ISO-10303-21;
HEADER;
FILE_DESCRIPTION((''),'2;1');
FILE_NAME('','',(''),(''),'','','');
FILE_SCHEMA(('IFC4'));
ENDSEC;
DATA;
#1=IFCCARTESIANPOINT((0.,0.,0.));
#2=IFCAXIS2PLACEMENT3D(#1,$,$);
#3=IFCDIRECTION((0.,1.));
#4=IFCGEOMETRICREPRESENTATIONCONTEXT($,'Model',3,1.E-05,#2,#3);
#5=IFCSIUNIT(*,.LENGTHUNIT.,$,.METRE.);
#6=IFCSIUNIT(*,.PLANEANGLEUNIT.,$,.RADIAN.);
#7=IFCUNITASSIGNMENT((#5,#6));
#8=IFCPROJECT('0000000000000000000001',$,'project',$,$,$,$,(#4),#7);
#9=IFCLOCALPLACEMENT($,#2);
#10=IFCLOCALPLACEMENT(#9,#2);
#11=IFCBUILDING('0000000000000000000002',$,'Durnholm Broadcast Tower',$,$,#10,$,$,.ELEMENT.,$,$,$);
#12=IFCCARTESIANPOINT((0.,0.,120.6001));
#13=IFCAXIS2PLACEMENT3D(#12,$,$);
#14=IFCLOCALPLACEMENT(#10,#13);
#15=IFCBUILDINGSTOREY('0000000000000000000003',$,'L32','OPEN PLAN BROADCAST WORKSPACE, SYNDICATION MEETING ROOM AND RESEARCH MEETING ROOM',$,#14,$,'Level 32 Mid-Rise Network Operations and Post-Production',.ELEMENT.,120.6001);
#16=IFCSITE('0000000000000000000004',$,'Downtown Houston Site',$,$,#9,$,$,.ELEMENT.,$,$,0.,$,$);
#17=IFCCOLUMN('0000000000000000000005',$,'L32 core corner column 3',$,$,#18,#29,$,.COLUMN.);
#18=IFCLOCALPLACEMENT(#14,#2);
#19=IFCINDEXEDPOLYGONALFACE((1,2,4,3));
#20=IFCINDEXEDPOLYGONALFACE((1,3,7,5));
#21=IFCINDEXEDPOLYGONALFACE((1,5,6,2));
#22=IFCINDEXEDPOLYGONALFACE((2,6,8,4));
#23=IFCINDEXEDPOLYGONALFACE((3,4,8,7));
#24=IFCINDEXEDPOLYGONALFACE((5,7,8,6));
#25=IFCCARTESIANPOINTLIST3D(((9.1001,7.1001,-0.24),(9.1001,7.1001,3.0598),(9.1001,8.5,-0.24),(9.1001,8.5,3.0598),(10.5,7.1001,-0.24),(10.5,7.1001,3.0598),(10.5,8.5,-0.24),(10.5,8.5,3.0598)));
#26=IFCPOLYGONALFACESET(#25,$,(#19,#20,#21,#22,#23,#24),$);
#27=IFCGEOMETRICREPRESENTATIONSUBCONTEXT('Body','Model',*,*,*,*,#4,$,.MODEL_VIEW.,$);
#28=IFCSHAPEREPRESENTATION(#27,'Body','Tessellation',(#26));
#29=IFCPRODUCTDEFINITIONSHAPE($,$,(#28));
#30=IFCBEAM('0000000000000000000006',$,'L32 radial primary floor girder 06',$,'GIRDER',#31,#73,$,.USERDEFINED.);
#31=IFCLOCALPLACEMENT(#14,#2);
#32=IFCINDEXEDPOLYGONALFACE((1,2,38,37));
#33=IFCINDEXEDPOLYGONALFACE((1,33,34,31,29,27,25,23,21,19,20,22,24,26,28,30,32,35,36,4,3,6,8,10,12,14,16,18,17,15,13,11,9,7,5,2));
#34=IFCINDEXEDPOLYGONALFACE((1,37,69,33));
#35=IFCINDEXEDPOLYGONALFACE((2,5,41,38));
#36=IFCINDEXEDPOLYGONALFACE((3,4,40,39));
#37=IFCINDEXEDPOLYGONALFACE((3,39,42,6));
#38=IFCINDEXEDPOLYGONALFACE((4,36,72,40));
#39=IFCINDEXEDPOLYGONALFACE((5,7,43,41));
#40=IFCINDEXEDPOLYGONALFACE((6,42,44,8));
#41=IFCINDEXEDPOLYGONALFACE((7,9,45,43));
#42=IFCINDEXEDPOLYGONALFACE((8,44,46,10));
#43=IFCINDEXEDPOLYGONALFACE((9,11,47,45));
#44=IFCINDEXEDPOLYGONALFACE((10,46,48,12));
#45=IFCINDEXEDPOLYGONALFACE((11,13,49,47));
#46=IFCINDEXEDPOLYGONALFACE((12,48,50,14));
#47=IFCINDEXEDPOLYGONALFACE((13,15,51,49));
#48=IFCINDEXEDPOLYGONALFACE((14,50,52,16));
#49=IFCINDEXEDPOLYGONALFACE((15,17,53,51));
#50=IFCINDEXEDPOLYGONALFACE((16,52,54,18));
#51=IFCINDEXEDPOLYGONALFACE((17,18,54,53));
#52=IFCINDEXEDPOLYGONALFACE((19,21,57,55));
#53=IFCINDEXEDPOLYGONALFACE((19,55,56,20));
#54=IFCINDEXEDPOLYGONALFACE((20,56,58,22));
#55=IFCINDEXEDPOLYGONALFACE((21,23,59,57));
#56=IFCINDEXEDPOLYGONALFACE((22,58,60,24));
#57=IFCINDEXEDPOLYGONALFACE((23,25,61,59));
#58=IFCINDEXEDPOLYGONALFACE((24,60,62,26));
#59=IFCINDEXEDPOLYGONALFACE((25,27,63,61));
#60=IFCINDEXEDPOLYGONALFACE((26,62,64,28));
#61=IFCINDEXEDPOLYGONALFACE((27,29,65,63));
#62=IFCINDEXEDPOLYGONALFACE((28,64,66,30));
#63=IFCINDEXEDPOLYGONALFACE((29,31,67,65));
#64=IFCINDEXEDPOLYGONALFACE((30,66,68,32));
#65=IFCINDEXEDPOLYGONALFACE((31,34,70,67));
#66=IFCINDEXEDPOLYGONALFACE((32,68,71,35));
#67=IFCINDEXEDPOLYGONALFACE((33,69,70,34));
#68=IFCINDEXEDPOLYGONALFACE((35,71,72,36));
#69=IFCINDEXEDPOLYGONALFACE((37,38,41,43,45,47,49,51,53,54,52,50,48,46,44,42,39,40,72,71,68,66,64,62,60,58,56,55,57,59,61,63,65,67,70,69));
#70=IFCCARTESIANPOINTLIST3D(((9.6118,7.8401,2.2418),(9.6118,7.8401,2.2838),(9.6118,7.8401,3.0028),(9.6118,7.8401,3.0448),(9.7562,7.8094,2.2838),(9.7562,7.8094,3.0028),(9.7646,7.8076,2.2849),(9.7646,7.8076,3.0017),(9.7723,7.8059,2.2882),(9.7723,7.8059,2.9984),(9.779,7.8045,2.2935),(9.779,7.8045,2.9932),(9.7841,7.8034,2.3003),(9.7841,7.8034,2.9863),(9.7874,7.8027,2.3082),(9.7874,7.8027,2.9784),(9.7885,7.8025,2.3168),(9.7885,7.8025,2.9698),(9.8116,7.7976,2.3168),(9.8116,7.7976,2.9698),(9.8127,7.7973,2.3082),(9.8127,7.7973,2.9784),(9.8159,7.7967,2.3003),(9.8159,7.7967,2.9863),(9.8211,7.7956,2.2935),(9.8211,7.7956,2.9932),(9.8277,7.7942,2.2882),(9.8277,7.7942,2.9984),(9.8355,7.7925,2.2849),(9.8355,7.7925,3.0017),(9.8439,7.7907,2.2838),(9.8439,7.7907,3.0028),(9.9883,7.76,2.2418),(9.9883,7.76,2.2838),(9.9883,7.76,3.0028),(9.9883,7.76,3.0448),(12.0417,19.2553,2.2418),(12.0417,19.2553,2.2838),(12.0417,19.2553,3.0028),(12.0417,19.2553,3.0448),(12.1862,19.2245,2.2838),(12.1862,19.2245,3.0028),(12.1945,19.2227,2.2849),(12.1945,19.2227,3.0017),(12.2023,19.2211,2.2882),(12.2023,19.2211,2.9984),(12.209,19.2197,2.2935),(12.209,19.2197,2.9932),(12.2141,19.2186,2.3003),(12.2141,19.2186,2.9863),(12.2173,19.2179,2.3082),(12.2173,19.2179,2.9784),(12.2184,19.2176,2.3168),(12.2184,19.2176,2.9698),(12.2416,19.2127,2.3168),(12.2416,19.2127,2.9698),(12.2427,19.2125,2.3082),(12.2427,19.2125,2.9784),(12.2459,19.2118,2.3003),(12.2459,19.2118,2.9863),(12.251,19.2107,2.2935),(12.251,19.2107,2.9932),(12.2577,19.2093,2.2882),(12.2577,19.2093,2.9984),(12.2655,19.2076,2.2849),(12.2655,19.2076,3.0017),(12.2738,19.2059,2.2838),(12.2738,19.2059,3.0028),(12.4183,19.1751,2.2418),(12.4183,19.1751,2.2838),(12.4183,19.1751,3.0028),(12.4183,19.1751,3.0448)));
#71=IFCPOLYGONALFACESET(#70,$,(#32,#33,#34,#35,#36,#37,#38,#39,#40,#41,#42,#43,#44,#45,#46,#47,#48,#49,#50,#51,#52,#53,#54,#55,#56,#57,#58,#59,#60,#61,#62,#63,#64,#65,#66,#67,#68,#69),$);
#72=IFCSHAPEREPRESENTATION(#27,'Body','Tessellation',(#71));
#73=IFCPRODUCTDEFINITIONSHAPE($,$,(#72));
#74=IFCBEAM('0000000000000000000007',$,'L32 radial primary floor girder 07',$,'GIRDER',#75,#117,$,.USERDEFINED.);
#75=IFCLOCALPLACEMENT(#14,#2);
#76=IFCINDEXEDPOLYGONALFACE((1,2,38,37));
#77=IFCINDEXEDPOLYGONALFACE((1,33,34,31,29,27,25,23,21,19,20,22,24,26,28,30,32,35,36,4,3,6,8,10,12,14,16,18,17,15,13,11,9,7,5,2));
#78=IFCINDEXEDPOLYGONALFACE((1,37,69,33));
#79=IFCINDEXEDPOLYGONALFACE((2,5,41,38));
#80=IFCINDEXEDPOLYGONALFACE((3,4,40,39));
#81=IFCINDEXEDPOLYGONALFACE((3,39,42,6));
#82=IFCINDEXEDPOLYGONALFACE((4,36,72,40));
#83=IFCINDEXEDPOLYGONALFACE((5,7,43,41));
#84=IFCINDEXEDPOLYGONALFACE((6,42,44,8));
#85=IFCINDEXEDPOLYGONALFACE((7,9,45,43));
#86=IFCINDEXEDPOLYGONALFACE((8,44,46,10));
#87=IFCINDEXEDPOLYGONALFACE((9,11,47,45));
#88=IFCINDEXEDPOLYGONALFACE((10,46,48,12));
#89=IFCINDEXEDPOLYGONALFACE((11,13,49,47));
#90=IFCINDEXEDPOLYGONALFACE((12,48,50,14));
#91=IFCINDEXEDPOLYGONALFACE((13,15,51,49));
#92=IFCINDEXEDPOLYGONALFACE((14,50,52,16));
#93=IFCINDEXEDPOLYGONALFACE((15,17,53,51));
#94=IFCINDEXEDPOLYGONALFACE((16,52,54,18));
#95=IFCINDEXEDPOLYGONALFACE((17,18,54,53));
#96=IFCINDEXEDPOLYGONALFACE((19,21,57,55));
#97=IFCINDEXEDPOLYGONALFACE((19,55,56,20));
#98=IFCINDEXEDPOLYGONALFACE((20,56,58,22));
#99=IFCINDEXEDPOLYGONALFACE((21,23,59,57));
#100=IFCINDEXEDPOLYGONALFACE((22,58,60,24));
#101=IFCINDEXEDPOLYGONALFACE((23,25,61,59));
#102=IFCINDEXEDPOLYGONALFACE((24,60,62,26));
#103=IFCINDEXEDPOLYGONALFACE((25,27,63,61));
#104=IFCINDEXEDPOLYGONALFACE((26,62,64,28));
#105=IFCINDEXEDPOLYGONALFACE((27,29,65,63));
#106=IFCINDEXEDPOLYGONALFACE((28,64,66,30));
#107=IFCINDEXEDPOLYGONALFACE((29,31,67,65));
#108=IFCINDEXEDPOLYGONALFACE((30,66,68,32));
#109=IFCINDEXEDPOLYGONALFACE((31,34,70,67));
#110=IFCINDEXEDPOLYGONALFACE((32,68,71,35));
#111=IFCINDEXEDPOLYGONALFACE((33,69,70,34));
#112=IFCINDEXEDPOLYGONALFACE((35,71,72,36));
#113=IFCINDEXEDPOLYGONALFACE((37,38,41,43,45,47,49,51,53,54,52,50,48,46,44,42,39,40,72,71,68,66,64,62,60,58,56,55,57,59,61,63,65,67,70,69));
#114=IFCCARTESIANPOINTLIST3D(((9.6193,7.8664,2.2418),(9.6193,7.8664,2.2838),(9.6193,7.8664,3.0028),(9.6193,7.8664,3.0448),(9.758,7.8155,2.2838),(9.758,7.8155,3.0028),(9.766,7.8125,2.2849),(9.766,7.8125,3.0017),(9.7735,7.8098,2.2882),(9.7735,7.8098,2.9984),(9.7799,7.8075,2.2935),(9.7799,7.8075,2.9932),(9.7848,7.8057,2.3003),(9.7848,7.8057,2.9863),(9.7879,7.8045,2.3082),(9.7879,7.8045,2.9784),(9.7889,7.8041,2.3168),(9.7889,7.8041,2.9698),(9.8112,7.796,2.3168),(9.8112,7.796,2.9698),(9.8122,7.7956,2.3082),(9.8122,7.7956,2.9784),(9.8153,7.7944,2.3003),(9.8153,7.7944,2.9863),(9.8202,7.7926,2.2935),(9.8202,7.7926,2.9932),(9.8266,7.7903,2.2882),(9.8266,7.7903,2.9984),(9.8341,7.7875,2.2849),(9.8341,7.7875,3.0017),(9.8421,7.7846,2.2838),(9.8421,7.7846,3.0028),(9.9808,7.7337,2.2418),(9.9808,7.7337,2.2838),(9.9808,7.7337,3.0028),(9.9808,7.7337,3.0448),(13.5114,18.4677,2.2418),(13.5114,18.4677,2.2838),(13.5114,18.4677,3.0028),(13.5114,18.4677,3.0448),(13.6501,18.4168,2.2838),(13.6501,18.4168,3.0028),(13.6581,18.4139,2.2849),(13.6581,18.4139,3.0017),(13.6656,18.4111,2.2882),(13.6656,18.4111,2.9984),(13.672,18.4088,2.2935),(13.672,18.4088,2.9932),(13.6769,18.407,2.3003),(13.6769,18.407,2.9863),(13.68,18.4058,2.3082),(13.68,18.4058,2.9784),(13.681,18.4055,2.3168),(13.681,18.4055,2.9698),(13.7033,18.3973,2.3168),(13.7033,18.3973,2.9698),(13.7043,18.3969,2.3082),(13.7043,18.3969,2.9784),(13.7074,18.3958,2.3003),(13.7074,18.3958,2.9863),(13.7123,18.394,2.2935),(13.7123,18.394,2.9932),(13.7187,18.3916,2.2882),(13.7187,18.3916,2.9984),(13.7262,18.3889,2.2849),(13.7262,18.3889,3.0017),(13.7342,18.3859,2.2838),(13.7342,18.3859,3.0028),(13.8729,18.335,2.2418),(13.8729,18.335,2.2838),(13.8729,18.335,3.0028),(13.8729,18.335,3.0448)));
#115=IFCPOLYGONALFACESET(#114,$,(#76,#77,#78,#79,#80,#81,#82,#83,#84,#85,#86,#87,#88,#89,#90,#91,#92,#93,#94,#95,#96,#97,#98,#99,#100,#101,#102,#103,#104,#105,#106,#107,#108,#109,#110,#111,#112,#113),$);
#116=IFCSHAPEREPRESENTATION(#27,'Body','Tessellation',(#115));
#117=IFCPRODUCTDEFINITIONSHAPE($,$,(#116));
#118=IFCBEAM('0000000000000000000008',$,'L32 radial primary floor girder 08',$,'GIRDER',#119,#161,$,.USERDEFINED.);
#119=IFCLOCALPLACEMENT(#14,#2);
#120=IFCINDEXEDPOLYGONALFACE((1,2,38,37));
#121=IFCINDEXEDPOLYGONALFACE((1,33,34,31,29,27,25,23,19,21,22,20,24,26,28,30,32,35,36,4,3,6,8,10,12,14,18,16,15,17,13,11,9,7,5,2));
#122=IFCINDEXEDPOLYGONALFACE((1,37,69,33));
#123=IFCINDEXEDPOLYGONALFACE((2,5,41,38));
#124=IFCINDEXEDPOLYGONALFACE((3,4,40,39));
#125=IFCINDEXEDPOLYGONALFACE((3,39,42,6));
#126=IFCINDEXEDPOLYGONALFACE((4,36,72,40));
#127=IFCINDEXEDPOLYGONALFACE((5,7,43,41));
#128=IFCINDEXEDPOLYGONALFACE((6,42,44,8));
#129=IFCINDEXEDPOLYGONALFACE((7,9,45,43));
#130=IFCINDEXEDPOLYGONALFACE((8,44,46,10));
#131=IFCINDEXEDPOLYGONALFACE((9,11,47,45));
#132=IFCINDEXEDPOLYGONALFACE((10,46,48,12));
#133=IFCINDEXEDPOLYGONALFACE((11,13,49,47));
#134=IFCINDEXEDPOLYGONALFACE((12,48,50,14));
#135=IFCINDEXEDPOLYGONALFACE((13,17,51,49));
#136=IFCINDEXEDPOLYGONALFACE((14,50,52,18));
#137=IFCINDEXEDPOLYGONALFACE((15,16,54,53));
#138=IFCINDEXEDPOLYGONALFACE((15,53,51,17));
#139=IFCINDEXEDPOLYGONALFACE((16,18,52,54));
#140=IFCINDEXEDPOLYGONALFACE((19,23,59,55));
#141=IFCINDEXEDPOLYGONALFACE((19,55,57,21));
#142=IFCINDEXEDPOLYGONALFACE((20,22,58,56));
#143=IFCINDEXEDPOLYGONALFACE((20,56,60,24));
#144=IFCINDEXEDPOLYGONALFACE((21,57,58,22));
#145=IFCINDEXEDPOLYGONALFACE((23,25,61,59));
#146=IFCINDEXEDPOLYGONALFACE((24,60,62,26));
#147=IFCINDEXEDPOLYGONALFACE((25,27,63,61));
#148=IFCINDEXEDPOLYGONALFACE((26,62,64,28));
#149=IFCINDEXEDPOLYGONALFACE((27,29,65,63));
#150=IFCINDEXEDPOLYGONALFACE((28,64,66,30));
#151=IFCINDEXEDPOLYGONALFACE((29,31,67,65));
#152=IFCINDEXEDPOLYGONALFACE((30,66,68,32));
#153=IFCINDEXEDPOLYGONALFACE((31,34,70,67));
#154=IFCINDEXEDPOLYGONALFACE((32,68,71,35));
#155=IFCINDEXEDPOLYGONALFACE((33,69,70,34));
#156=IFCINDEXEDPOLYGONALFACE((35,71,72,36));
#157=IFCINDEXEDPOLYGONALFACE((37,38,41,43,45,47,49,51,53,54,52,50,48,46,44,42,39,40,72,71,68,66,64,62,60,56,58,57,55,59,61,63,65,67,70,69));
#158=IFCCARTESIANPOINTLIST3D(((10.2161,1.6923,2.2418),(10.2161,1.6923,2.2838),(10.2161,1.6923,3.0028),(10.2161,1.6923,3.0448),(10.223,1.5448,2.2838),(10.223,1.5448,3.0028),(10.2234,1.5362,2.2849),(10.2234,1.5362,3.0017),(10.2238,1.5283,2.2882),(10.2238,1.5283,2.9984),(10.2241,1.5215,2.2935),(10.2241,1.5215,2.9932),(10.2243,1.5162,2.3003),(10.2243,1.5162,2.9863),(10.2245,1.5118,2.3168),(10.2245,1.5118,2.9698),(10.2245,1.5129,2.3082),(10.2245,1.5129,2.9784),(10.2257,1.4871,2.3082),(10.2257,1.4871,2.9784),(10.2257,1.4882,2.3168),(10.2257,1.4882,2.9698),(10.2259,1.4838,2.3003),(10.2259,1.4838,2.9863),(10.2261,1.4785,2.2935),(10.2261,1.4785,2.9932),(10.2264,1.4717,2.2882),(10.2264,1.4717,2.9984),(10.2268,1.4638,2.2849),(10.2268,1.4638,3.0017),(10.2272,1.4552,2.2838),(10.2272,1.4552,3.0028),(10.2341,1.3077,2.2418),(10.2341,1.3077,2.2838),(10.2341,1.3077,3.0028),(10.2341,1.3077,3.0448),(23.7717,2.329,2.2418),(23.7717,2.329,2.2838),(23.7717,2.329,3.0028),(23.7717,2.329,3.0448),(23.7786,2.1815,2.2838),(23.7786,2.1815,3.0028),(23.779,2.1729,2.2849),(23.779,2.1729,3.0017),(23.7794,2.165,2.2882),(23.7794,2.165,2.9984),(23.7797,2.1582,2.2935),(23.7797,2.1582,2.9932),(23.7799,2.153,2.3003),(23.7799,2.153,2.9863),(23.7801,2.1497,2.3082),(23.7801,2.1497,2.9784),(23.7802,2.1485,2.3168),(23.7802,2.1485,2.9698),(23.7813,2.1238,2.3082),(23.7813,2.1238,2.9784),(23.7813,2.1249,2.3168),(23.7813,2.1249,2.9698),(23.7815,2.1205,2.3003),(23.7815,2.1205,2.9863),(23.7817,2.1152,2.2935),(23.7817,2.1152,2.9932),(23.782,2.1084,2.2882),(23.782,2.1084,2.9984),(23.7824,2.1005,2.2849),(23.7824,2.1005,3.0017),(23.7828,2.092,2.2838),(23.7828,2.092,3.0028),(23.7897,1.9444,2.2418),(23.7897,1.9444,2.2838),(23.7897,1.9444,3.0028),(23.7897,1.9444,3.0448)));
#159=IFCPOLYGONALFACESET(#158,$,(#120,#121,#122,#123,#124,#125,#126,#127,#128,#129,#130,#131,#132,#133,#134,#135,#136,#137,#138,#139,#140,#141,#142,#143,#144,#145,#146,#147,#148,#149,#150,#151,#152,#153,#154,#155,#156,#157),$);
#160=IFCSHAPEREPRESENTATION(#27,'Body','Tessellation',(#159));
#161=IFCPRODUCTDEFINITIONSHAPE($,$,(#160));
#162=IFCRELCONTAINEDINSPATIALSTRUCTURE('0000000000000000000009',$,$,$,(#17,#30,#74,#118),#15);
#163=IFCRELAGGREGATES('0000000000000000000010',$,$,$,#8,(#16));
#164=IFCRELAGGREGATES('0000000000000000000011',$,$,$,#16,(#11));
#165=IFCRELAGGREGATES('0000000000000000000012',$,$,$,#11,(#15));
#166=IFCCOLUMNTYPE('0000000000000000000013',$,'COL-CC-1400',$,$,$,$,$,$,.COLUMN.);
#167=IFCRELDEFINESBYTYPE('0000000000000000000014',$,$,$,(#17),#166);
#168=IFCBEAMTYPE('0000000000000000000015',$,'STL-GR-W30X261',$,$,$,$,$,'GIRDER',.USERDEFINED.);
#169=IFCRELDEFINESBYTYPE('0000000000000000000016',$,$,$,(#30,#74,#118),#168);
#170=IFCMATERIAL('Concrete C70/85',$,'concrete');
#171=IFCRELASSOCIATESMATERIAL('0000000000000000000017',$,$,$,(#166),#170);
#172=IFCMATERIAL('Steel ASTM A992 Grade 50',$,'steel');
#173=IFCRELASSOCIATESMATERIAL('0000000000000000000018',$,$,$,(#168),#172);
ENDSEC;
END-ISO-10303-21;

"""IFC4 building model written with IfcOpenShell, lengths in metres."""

from ifc_helpers import new_model, si_unit, direction, frame, origin, origin_2d, place, context, subcontext, project, spatial, rectangle, i_section, extrude, source, transform, mapped, material, material_profile, profile_set, type_object, type_shapes, element, save


model = new_model("IFC4")

# Units and contexts
model_context = context("Model", 3, precision=1e-05, world=origin(), true_north=direction((0.0, 1.0)))
body_context = subcontext(model_context, "Body", "Model", "MODEL_VIEW")
ifc_project = project(units=[si_unit("LENGTHUNIT", "METRE"), si_unit("PLANEANGLEUNIT", "RADIAN")], contexts=[model_context])

# Site, building, storey
site_placement = place(None, origin())
site = spatial("IfcSite", under=ifc_project, at=site_placement, Name="Downtown Houston Site", CompositionType="ELEMENT", RefElevation=0.0)
building_placement = place(site_placement, origin())
building = spatial("IfcBuilding", under=site, at=building_placement, Name="Durnholm Broadcast Tower", CompositionType="ELEMENT")
storey_placement = place(building_placement, frame((0.0, 0.0, 120.6001)))
storey = spatial("IfcBuildingStorey", under=building, at=storey_placement, Name="L32", Description="OPEN PLAN BROADCAST WORKSPACE, SYNDICATION MEETING ROOM AND RESEARCH MEETING ROOM", LongName="Level 32 Mid-Rise Network Operations and Post-Production", CompositionType="ELEMENT", Elevation=120.6001)

# Column
ifc_material_1 = material(Name="Concrete C70/85", Category="concrete")
ifc_material_profile_1 = material_profile(ifc_material_1, rectangle(XDim=1.3999, YDim=1.3999, at=origin_2d()), Name="RC1400X1400")
ifc_profile_set_1 = profile_set([ifc_material_profile_1], Name="Concrete C70/85")
column_type = type_object("IfcColumnType", Name="COL-CC-1400", PredefinedType="COLUMN", material=ifc_profile_set_1)
shared_shape_1 = source(origin(), body_context, "Body", "SweptSolid", [
    extrude(rectangle(XDim=1.3999, YDim=1.3999, at=origin_2d()), origin(), (0.0, 0.0, 1.0), 3.2998),
])
type_shapes(column_type, [shared_shape_1])
column_placement = place(storey_placement, frame((9.8, 7.8, -0.24), z_axis=(0.0, 0.0, 1.0), x_axis=(1.0, 0.0, 0.0)))
element("IfcColumn", 1, at=column_placement, inside=storey, type_object=column_type, Name="L32 core corner column 3", PredefinedType="COLUMN", context=body_context, shape_type="MappedRepresentation", body=[
    mapped(shared_shape_1, transform((0.0, 0.0, 0.0), x_axis=(1.0, 0.0, 0.0), y_axis=(0.0, 1.0, 0.0), z_axis=(0.0, 0.0, 1.0), scale=1.0)),
])

# Beams
ifc_material_2 = material(Name="Steel ASTM A992 Grade 50", Category="steel")
ifc_material_profile_2 = material_profile(ifc_material_2, i_section(OverallWidth=0.385, OverallDepth=0.803, WebThickness=0.0237, FlangeThickness=0.042, FilletRadius=0.033, at=origin_2d()), Name="W30X261")
ifc_profile_set_2 = profile_set([ifc_material_profile_2], Name="Steel ASTM A992 Grade 50")
beam_type_1 = type_object("IfcBeamType", Name="STL-GR-W30X261", ElementType="GIRDER", PredefinedType="USERDEFINED", material=ifc_profile_set_2)
shared_shape_2 = source(origin(), body_context, "Body", "SweptSolid", [
    extrude(i_section(OverallWidth=0.385, OverallDepth=0.803, WebThickness=0.0237, FlangeThickness=0.042, FilletRadius=0.033, at=origin_2d()), origin(), (0.0, 0.0, 1.0), 11.6709),
])
beam_1_placement = place(storey_placement, frame((9.8, 7.8, 2.6433), z_axis=(0.208206, 0.978085, 0.0), x_axis=(-0.978085, 0.208206, 0.0)))
element("IfcBeam", 2, at=beam_1_placement, inside=storey, type_object=beam_type_1, Name="L32 radial primary floor girder 06", ObjectType="GIRDER", PredefinedType="USERDEFINED", context=body_context, shape_type="MappedRepresentation", body=[
    mapped(shared_shape_2, transform((0.0, 0.0, 0.0), x_axis=(1.0, 0.0, 0.0), y_axis=(0.0, 1.0, 0.0), z_axis=(0.0, 0.0, 1.0), scale=1.0)),
])
shared_shape_3 = source(origin(), body_context, "Body", "SweptSolid", [
    extrude(i_section(OverallWidth=0.385, OverallDepth=0.803, WebThickness=0.0237, FlangeThickness=0.042, FilletRadius=0.033, at=origin_2d()), origin(), (0.0, 0.0, 1.0), 11.2932),
])
beam_2_placement = place(storey_placement, frame((9.8, 7.8, 2.6433), z_axis=(0.34464, 0.938735, 0.0), x_axis=(-0.938735, 0.34464, 0.0)))
element("IfcBeam", 3, at=beam_2_placement, inside=storey, type_object=beam_type_1, Name="L32 radial primary floor girder 07", ObjectType="GIRDER", PredefinedType="USERDEFINED", context=body_context, shape_type="MappedRepresentation", body=[
    mapped(shared_shape_3, transform((0.0, 0.0, 0.0), x_axis=(1.0, 0.0, 0.0), y_axis=(0.0, 1.0, 0.0), z_axis=(0.0, 0.0, 1.0), scale=1.0)),
])
shared_shape_4 = source(origin(), body_context, "Body", "SweptSolid", [
    extrude(i_section(OverallWidth=0.385, OverallDepth=0.803, WebThickness=0.0237, FlangeThickness=0.042, FilletRadius=0.033, at=origin_2d()), origin(), (0.0, 0.0, 1.0), 13.5706),
])
beam_3_placement = place(storey_placement, frame((10.2251, 1.5, 2.6433), z_axis=(0.998899, 0.046919, 0.0), x_axis=(-0.046919, 0.998899, 0.0)))
element("IfcBeam", 4, at=beam_3_placement, inside=storey, type_object=beam_type_1, Name="L32 radial primary floor girder 08", ObjectType="GIRDER", PredefinedType="USERDEFINED", context=body_context, shape_type="MappedRepresentation", body=[
    mapped(shared_shape_4, transform((0.0, 0.0, 0.0), x_axis=(1.0, 0.0, 0.0), y_axis=(0.0, 1.0, 0.0), z_axis=(0.0, 0.0, 1.0), scale=1.0)),
])

save(model, "model.ifc")
